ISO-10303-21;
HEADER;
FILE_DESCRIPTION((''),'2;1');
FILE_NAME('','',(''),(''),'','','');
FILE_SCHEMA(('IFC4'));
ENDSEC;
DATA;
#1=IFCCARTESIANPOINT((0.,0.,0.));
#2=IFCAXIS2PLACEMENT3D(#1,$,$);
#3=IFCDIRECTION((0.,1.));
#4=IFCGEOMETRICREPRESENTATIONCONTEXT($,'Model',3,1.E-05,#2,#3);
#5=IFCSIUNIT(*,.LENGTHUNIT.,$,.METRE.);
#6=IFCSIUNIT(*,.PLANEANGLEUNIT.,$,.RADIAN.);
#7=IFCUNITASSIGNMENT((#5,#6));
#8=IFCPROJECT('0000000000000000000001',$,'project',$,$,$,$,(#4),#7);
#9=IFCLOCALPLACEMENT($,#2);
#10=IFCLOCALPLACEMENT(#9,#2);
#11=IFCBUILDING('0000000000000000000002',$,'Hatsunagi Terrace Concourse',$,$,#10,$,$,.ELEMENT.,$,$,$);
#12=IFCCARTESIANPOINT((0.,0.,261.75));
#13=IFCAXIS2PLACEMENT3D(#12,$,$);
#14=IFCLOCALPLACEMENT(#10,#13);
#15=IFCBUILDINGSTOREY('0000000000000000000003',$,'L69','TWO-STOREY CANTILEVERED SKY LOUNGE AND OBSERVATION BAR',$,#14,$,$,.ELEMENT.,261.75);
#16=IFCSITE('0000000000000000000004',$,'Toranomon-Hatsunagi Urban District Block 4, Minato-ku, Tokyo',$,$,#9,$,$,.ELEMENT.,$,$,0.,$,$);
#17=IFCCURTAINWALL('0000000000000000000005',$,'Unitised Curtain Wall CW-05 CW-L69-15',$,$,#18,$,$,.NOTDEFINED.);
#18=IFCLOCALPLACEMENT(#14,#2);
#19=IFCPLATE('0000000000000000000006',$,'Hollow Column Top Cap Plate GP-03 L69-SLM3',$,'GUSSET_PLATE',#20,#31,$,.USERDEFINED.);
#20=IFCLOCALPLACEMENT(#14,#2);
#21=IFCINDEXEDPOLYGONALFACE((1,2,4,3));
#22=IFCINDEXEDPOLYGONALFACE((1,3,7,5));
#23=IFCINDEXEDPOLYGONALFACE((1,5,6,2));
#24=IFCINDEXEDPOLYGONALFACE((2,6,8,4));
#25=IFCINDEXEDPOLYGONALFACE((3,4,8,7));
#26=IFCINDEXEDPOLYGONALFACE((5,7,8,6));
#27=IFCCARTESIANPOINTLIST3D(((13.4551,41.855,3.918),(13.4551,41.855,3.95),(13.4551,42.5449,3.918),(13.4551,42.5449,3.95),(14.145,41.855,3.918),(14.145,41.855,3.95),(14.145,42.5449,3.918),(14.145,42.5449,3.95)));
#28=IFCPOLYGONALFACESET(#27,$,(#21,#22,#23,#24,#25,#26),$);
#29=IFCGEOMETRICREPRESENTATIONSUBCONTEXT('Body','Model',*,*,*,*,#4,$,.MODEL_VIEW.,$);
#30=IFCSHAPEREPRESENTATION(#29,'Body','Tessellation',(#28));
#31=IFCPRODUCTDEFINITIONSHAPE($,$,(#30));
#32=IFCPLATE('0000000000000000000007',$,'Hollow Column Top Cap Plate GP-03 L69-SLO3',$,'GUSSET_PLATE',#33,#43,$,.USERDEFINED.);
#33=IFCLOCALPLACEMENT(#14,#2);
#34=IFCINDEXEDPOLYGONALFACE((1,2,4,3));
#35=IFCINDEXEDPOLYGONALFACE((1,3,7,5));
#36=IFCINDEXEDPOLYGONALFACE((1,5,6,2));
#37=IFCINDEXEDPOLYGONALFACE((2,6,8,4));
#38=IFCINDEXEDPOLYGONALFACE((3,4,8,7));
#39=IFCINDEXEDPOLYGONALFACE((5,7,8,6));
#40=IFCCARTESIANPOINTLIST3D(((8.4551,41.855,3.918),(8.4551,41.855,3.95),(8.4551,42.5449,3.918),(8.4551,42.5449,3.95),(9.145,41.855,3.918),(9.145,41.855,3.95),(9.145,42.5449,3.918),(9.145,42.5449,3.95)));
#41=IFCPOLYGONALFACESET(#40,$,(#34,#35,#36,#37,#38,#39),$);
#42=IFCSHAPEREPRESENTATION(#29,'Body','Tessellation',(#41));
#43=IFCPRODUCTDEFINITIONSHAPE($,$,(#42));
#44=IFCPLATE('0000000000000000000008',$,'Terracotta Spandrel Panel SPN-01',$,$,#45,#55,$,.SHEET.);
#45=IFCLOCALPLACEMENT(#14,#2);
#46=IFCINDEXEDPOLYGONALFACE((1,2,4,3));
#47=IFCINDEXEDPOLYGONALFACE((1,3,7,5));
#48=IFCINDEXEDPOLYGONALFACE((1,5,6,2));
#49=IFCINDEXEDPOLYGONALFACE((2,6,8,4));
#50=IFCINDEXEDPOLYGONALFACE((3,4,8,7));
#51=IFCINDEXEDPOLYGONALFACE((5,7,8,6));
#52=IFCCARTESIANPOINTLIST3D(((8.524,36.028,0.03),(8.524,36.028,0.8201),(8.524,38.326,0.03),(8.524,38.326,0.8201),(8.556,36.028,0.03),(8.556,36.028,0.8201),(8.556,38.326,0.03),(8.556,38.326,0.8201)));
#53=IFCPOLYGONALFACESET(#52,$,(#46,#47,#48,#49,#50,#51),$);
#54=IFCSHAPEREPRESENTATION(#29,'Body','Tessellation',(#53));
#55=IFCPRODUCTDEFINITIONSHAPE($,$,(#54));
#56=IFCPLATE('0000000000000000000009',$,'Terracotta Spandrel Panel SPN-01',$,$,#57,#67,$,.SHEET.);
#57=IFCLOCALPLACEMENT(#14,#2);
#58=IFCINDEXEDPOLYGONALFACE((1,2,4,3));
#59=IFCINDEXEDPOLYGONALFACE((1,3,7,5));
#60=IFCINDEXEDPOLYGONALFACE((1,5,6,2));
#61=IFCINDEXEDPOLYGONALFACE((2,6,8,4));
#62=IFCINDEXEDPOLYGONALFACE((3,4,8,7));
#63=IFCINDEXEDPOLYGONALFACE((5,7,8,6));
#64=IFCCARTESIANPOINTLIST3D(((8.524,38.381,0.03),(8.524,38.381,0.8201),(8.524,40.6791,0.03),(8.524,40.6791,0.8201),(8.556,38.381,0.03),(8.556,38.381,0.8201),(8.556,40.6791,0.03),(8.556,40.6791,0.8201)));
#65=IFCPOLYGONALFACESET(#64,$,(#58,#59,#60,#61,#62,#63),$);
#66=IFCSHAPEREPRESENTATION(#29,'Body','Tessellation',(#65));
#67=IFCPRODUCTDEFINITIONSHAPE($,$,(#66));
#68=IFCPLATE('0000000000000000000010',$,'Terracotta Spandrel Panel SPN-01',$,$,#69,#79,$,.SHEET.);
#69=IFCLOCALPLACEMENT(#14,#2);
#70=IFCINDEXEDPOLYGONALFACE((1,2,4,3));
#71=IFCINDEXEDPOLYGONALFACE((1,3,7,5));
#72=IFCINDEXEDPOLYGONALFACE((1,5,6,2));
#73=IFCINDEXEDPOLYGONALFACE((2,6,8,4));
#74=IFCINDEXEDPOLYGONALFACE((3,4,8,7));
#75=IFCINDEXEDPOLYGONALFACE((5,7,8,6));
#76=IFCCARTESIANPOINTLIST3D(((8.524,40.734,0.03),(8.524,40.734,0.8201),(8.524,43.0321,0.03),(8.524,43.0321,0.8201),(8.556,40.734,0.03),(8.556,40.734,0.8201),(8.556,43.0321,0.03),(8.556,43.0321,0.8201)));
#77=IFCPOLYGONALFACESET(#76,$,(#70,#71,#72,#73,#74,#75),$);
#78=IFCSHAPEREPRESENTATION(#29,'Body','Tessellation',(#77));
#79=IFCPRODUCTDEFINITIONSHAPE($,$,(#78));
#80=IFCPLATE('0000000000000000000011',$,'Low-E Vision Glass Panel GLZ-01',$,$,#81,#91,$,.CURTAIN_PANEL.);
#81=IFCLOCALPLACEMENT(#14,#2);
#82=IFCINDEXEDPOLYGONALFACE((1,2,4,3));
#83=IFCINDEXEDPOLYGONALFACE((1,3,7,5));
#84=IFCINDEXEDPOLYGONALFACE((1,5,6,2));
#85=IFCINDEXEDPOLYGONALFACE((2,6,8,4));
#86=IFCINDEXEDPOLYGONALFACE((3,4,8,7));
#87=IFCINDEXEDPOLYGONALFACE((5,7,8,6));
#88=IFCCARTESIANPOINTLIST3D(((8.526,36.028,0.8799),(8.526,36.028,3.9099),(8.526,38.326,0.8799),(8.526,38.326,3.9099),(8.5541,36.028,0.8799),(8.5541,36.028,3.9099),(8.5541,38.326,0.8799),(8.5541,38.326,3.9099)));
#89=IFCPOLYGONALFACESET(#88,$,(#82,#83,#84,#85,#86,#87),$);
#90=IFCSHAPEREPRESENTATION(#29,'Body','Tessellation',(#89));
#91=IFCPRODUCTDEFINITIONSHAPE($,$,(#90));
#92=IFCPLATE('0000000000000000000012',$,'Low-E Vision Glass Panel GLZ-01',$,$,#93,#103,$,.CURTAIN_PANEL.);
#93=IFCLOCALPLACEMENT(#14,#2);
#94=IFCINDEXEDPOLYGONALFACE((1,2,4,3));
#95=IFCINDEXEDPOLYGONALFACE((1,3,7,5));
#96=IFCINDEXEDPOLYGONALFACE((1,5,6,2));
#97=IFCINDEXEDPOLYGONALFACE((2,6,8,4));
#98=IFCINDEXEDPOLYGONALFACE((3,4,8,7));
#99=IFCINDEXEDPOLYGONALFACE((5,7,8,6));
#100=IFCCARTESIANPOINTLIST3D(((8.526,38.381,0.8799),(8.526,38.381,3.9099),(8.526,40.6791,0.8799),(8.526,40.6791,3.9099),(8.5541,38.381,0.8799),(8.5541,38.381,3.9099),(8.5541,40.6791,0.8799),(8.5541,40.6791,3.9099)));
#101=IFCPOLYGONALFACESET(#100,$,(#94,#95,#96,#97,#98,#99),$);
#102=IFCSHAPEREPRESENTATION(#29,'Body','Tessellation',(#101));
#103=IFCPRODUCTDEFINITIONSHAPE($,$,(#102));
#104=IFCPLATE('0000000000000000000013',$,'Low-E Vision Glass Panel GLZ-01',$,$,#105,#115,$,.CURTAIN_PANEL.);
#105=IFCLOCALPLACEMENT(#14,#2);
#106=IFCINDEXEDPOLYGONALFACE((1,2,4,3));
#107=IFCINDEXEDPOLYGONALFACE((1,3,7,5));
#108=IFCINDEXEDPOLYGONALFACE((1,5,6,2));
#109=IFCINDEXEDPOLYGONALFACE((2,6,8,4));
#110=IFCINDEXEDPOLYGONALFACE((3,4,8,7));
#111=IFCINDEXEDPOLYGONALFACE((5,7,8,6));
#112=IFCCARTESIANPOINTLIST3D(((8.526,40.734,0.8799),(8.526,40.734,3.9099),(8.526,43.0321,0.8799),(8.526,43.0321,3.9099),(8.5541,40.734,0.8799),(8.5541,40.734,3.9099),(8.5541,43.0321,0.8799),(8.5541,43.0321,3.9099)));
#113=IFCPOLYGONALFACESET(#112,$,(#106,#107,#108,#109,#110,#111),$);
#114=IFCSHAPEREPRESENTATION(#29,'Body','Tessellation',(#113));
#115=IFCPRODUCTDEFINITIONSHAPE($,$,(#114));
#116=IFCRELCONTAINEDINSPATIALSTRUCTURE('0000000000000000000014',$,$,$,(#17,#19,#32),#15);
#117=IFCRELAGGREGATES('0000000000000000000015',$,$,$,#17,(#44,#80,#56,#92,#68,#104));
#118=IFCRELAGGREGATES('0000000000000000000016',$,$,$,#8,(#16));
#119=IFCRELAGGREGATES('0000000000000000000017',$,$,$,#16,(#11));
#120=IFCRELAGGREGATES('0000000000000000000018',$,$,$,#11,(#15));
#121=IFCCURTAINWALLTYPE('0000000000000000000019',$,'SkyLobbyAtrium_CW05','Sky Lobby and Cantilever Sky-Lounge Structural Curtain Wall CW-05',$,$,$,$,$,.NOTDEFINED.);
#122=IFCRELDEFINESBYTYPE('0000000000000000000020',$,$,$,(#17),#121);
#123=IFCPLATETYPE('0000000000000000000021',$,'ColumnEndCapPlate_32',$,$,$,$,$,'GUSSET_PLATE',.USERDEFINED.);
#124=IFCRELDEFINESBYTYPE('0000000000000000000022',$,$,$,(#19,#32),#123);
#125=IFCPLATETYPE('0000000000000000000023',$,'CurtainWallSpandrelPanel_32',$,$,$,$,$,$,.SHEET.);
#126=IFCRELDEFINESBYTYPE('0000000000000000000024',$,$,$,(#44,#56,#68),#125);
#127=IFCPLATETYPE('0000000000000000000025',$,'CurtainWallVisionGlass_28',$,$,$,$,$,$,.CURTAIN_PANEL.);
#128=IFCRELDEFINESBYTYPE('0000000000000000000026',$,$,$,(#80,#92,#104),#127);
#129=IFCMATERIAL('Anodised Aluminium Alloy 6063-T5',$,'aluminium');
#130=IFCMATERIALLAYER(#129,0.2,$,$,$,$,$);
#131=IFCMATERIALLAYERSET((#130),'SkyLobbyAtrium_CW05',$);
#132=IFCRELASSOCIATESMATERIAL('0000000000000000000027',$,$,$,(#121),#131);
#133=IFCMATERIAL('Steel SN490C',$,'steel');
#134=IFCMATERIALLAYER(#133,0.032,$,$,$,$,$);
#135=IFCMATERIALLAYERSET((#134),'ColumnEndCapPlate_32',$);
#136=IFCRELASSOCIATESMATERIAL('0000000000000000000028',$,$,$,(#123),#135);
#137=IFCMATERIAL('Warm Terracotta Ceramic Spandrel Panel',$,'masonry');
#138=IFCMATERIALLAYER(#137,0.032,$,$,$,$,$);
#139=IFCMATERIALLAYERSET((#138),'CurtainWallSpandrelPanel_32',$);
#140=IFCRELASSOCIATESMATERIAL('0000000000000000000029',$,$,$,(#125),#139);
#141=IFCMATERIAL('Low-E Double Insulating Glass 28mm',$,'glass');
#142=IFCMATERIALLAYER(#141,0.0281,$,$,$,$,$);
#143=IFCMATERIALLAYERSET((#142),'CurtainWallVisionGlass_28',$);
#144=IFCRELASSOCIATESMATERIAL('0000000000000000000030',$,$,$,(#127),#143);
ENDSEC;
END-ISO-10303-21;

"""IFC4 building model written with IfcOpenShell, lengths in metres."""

from ifc_helpers import new_model, si_unit, direction, frame, origin, origin_2d, place, context, subcontext, project, spatial, rectangle, extrude, material, layer, layer_set, type_object, element, aggregate, save


model = new_model("IFC4")

# Units and contexts
model_context = context("Model", 3, precision=1e-05, world=origin(), true_north=direction((0.0, 1.0)))
body_context = subcontext(model_context, "Body", "Model", "MODEL_VIEW")
ifc_project = project(units=[si_unit("LENGTHUNIT", "METRE"), si_unit("PLANEANGLEUNIT", "RADIAN")], contexts=[model_context])

# Site, building, storey
site_placement = place(None, origin())
site = spatial("IfcSite", under=ifc_project, at=site_placement, Name="Toranomon-Hatsunagi Urban District Block 4, Minato-ku, Tokyo", CompositionType="ELEMENT", RefElevation=0.0)
building_placement = place(site_placement, origin())
building = spatial("IfcBuilding", under=site, at=building_placement, Name="Hatsunagi Terrace Concourse", CompositionType="ELEMENT")
storey_placement = place(building_placement, frame((0.0, 0.0, 261.75)))
storey = spatial("IfcBuildingStorey", under=building, at=storey_placement, Name="L69", Description="TWO-STOREY CANTILEVERED SKY LOUNGE AND OBSERVATION BAR", CompositionType="ELEMENT", Elevation=261.75)

# Curtain wall
ifc_material_1 = material(Name="Anodised Aluminium Alloy 6063-T5", Category="aluminium")
ifc_layer_1 = layer(ifc_material_1, 0.2)
ifc_layer_set_1 = layer_set([ifc_layer_1], Name="SkyLobbyAtrium_CW05")
curtain_wall_type = type_object("IfcCurtainWallType", Name="SkyLobbyAtrium_CW05", Description="Sky Lobby and Cantilever Sky-Lounge Structural Curtain Wall CW-05", PredefinedType="NOTDEFINED", material=ifc_layer_set_1)
curtain_wall_1_placement = place(storey_placement, origin())
curtain_wall_1 = element("IfcCurtainWall", 1, at=curtain_wall_1_placement, inside=storey, type_object=curtain_wall_type, Name="Unitised Curtain Wall CW-05 CW-L69-15", PredefinedType="NOTDEFINED")

# Plates
ifc_material_2 = material(Name="Steel SN490C", Category="steel")
ifc_layer_2 = layer(ifc_material_2, 0.032)
ifc_layer_set_2 = layer_set([ifc_layer_2], Name="ColumnEndCapPlate_32")
plate_type_1 = type_object("IfcPlateType", Name="ColumnEndCapPlate_32", ElementType="GUSSET_PLATE", PredefinedType="USERDEFINED", material=ifc_layer_set_2)
for number, where, z_axis, x_axis, name in (
    (2, (13.8, 42.2, 3.918), (0.0, 0.0, 1.0), (1.0, 0.0, 0.0), "Hollow Column Top Cap Plate GP-03 L69-SLM3"),
    (3, (8.8, 42.2, 3.918), (0.0, 0.0, 1.0), (1.0, 0.0, 0.0), "Hollow Column Top Cap Plate GP-03 L69-SLO3"),
):
    element("IfcPlate", number, at=place(storey_placement, frame(where, z_axis=z_axis, x_axis=x_axis)), inside=storey, type_object=plate_type_1, Name=name, ObjectType="GUSSET_PLATE", PredefinedType="USERDEFINED", context=body_context, shape_type="SweptSolid", body=[
        extrude(rectangle(XDim=0.6899, YDim=0.6899, at=origin_2d()), origin(), (0.0, 0.0, 1.0), 0.032),
    ])

# Plates
ifc_material_3 = material(Name="Warm Terracotta Ceramic Spandrel Panel", Category="masonry")
ifc_layer_3 = layer(ifc_material_3, 0.032)
ifc_layer_set_3 = layer_set([ifc_layer_3], Name="CurtainWallSpandrelPanel_32")
plate_type_2 = type_object("IfcPlateType", Name="CurtainWallSpandrelPanel_32", PredefinedType="SHEET", material=ifc_layer_set_3)
plate_1_placement = place(storey_placement, frame((8.54, 37.177, 0.03), z_axis=(0.0, 0.0, 1.0), x_axis=(0.0, 1.0, 0.0)))
plate_1 = element("IfcPlate", 4, at=plate_1_placement, type_object=plate_type_2, Name="Terracotta Spandrel Panel SPN-01", PredefinedType="SHEET", context=body_context, shape_type="SweptSolid", body=[
    extrude(rectangle(XDim=2.2981, YDim=0.032, at=origin_2d()), origin(), (0.0, 0.0, 1.0), 0.79),
])
plate_2_placement = place(storey_placement, frame((8.54, 39.53, 0.03), z_axis=(0.0, 0.0, 1.0), x_axis=(0.0, 1.0, 0.0)))
plate_2 = element("IfcPlate", 5, at=plate_2_placement, type_object=plate_type_2, Name="Terracotta Spandrel Panel SPN-01", PredefinedType="SHEET", context=body_context, shape_type="SweptSolid", body=[
    extrude(rectangle(XDim=2.2981, YDim=0.032, at=origin_2d()), origin(), (0.0, 0.0, 1.0), 0.79),
])
plate_3_placement = place(storey_placement, frame((8.54, 41.8831, 0.03), z_axis=(0.0, 0.0, 1.0), x_axis=(0.0, 1.0, 0.0)))
plate_3 = element("IfcPlate", 6, at=plate_3_placement, type_object=plate_type_2, Name="Terracotta Spandrel Panel SPN-01", PredefinedType="SHEET", context=body_context, shape_type="SweptSolid", body=[
    extrude(rectangle(XDim=2.2981, YDim=0.032, at=origin_2d()), origin(), (0.0, 0.0, 1.0), 0.79),
])
ifc_material_4 = material(Name="Low-E Double Insulating Glass 28mm", Category="glass")
ifc_layer_4 = layer(ifc_material_4, 0.0281)
ifc_layer_set_4 = layer_set([ifc_layer_4], Name="CurtainWallVisionGlass_28")
plate_type_3 = type_object("IfcPlateType", Name="CurtainWallVisionGlass_28", PredefinedType="CURTAIN_PANEL", material=ifc_layer_set_4)
plate_4_placement = place(storey_placement, frame((8.54, 37.177, 0.8799), z_axis=(0.0, 0.0, 1.0), x_axis=(0.0, 1.0, 0.0)))
plate_4 = element("IfcPlate", 7, at=plate_4_placement, type_object=plate_type_3, Name="Low-E Vision Glass Panel GLZ-01", PredefinedType="CURTAIN_PANEL", context=body_context, shape_type="SweptSolid", body=[
    extrude(rectangle(XDim=2.2981, YDim=0.0281, at=origin_2d()), origin(), (0.0, 0.0, 1.0), 3.03),
])
plate_5_placement = place(storey_placement, frame((8.54, 39.53, 0.8799), z_axis=(0.0, 0.0, 1.0), x_axis=(0.0, 1.0, 0.0)))
plate_5 = element("IfcPlate", 8, at=plate_5_placement, type_object=plate_type_3, Name="Low-E Vision Glass Panel GLZ-01", PredefinedType="CURTAIN_PANEL", context=body_context, shape_type="SweptSolid", body=[
    extrude(rectangle(XDim=2.2981, YDim=0.0281, at=origin_2d()), origin(), (0.0, 0.0, 1.0), 3.03),
])
plate_6_placement = place(storey_placement, frame((8.54, 41.8831, 0.8799), z_axis=(0.0, 0.0, 1.0), x_axis=(0.0, 1.0, 0.0)))
plate_6 = element("IfcPlate", 9, at=plate_6_placement, type_object=plate_type_3, Name="Low-E Vision Glass Panel GLZ-01", PredefinedType="CURTAIN_PANEL", context=body_context, shape_type="SweptSolid", body=[
    extrude(rectangle(XDim=2.2981, YDim=0.0281, at=origin_2d()), origin(), (0.0, 0.0, 1.0), 3.03),
])
aggregate(curtain_wall_1, [plate_1, plate_4, plate_2, plate_5, plate_3, plate_6])

save(model, "model.ifc")
